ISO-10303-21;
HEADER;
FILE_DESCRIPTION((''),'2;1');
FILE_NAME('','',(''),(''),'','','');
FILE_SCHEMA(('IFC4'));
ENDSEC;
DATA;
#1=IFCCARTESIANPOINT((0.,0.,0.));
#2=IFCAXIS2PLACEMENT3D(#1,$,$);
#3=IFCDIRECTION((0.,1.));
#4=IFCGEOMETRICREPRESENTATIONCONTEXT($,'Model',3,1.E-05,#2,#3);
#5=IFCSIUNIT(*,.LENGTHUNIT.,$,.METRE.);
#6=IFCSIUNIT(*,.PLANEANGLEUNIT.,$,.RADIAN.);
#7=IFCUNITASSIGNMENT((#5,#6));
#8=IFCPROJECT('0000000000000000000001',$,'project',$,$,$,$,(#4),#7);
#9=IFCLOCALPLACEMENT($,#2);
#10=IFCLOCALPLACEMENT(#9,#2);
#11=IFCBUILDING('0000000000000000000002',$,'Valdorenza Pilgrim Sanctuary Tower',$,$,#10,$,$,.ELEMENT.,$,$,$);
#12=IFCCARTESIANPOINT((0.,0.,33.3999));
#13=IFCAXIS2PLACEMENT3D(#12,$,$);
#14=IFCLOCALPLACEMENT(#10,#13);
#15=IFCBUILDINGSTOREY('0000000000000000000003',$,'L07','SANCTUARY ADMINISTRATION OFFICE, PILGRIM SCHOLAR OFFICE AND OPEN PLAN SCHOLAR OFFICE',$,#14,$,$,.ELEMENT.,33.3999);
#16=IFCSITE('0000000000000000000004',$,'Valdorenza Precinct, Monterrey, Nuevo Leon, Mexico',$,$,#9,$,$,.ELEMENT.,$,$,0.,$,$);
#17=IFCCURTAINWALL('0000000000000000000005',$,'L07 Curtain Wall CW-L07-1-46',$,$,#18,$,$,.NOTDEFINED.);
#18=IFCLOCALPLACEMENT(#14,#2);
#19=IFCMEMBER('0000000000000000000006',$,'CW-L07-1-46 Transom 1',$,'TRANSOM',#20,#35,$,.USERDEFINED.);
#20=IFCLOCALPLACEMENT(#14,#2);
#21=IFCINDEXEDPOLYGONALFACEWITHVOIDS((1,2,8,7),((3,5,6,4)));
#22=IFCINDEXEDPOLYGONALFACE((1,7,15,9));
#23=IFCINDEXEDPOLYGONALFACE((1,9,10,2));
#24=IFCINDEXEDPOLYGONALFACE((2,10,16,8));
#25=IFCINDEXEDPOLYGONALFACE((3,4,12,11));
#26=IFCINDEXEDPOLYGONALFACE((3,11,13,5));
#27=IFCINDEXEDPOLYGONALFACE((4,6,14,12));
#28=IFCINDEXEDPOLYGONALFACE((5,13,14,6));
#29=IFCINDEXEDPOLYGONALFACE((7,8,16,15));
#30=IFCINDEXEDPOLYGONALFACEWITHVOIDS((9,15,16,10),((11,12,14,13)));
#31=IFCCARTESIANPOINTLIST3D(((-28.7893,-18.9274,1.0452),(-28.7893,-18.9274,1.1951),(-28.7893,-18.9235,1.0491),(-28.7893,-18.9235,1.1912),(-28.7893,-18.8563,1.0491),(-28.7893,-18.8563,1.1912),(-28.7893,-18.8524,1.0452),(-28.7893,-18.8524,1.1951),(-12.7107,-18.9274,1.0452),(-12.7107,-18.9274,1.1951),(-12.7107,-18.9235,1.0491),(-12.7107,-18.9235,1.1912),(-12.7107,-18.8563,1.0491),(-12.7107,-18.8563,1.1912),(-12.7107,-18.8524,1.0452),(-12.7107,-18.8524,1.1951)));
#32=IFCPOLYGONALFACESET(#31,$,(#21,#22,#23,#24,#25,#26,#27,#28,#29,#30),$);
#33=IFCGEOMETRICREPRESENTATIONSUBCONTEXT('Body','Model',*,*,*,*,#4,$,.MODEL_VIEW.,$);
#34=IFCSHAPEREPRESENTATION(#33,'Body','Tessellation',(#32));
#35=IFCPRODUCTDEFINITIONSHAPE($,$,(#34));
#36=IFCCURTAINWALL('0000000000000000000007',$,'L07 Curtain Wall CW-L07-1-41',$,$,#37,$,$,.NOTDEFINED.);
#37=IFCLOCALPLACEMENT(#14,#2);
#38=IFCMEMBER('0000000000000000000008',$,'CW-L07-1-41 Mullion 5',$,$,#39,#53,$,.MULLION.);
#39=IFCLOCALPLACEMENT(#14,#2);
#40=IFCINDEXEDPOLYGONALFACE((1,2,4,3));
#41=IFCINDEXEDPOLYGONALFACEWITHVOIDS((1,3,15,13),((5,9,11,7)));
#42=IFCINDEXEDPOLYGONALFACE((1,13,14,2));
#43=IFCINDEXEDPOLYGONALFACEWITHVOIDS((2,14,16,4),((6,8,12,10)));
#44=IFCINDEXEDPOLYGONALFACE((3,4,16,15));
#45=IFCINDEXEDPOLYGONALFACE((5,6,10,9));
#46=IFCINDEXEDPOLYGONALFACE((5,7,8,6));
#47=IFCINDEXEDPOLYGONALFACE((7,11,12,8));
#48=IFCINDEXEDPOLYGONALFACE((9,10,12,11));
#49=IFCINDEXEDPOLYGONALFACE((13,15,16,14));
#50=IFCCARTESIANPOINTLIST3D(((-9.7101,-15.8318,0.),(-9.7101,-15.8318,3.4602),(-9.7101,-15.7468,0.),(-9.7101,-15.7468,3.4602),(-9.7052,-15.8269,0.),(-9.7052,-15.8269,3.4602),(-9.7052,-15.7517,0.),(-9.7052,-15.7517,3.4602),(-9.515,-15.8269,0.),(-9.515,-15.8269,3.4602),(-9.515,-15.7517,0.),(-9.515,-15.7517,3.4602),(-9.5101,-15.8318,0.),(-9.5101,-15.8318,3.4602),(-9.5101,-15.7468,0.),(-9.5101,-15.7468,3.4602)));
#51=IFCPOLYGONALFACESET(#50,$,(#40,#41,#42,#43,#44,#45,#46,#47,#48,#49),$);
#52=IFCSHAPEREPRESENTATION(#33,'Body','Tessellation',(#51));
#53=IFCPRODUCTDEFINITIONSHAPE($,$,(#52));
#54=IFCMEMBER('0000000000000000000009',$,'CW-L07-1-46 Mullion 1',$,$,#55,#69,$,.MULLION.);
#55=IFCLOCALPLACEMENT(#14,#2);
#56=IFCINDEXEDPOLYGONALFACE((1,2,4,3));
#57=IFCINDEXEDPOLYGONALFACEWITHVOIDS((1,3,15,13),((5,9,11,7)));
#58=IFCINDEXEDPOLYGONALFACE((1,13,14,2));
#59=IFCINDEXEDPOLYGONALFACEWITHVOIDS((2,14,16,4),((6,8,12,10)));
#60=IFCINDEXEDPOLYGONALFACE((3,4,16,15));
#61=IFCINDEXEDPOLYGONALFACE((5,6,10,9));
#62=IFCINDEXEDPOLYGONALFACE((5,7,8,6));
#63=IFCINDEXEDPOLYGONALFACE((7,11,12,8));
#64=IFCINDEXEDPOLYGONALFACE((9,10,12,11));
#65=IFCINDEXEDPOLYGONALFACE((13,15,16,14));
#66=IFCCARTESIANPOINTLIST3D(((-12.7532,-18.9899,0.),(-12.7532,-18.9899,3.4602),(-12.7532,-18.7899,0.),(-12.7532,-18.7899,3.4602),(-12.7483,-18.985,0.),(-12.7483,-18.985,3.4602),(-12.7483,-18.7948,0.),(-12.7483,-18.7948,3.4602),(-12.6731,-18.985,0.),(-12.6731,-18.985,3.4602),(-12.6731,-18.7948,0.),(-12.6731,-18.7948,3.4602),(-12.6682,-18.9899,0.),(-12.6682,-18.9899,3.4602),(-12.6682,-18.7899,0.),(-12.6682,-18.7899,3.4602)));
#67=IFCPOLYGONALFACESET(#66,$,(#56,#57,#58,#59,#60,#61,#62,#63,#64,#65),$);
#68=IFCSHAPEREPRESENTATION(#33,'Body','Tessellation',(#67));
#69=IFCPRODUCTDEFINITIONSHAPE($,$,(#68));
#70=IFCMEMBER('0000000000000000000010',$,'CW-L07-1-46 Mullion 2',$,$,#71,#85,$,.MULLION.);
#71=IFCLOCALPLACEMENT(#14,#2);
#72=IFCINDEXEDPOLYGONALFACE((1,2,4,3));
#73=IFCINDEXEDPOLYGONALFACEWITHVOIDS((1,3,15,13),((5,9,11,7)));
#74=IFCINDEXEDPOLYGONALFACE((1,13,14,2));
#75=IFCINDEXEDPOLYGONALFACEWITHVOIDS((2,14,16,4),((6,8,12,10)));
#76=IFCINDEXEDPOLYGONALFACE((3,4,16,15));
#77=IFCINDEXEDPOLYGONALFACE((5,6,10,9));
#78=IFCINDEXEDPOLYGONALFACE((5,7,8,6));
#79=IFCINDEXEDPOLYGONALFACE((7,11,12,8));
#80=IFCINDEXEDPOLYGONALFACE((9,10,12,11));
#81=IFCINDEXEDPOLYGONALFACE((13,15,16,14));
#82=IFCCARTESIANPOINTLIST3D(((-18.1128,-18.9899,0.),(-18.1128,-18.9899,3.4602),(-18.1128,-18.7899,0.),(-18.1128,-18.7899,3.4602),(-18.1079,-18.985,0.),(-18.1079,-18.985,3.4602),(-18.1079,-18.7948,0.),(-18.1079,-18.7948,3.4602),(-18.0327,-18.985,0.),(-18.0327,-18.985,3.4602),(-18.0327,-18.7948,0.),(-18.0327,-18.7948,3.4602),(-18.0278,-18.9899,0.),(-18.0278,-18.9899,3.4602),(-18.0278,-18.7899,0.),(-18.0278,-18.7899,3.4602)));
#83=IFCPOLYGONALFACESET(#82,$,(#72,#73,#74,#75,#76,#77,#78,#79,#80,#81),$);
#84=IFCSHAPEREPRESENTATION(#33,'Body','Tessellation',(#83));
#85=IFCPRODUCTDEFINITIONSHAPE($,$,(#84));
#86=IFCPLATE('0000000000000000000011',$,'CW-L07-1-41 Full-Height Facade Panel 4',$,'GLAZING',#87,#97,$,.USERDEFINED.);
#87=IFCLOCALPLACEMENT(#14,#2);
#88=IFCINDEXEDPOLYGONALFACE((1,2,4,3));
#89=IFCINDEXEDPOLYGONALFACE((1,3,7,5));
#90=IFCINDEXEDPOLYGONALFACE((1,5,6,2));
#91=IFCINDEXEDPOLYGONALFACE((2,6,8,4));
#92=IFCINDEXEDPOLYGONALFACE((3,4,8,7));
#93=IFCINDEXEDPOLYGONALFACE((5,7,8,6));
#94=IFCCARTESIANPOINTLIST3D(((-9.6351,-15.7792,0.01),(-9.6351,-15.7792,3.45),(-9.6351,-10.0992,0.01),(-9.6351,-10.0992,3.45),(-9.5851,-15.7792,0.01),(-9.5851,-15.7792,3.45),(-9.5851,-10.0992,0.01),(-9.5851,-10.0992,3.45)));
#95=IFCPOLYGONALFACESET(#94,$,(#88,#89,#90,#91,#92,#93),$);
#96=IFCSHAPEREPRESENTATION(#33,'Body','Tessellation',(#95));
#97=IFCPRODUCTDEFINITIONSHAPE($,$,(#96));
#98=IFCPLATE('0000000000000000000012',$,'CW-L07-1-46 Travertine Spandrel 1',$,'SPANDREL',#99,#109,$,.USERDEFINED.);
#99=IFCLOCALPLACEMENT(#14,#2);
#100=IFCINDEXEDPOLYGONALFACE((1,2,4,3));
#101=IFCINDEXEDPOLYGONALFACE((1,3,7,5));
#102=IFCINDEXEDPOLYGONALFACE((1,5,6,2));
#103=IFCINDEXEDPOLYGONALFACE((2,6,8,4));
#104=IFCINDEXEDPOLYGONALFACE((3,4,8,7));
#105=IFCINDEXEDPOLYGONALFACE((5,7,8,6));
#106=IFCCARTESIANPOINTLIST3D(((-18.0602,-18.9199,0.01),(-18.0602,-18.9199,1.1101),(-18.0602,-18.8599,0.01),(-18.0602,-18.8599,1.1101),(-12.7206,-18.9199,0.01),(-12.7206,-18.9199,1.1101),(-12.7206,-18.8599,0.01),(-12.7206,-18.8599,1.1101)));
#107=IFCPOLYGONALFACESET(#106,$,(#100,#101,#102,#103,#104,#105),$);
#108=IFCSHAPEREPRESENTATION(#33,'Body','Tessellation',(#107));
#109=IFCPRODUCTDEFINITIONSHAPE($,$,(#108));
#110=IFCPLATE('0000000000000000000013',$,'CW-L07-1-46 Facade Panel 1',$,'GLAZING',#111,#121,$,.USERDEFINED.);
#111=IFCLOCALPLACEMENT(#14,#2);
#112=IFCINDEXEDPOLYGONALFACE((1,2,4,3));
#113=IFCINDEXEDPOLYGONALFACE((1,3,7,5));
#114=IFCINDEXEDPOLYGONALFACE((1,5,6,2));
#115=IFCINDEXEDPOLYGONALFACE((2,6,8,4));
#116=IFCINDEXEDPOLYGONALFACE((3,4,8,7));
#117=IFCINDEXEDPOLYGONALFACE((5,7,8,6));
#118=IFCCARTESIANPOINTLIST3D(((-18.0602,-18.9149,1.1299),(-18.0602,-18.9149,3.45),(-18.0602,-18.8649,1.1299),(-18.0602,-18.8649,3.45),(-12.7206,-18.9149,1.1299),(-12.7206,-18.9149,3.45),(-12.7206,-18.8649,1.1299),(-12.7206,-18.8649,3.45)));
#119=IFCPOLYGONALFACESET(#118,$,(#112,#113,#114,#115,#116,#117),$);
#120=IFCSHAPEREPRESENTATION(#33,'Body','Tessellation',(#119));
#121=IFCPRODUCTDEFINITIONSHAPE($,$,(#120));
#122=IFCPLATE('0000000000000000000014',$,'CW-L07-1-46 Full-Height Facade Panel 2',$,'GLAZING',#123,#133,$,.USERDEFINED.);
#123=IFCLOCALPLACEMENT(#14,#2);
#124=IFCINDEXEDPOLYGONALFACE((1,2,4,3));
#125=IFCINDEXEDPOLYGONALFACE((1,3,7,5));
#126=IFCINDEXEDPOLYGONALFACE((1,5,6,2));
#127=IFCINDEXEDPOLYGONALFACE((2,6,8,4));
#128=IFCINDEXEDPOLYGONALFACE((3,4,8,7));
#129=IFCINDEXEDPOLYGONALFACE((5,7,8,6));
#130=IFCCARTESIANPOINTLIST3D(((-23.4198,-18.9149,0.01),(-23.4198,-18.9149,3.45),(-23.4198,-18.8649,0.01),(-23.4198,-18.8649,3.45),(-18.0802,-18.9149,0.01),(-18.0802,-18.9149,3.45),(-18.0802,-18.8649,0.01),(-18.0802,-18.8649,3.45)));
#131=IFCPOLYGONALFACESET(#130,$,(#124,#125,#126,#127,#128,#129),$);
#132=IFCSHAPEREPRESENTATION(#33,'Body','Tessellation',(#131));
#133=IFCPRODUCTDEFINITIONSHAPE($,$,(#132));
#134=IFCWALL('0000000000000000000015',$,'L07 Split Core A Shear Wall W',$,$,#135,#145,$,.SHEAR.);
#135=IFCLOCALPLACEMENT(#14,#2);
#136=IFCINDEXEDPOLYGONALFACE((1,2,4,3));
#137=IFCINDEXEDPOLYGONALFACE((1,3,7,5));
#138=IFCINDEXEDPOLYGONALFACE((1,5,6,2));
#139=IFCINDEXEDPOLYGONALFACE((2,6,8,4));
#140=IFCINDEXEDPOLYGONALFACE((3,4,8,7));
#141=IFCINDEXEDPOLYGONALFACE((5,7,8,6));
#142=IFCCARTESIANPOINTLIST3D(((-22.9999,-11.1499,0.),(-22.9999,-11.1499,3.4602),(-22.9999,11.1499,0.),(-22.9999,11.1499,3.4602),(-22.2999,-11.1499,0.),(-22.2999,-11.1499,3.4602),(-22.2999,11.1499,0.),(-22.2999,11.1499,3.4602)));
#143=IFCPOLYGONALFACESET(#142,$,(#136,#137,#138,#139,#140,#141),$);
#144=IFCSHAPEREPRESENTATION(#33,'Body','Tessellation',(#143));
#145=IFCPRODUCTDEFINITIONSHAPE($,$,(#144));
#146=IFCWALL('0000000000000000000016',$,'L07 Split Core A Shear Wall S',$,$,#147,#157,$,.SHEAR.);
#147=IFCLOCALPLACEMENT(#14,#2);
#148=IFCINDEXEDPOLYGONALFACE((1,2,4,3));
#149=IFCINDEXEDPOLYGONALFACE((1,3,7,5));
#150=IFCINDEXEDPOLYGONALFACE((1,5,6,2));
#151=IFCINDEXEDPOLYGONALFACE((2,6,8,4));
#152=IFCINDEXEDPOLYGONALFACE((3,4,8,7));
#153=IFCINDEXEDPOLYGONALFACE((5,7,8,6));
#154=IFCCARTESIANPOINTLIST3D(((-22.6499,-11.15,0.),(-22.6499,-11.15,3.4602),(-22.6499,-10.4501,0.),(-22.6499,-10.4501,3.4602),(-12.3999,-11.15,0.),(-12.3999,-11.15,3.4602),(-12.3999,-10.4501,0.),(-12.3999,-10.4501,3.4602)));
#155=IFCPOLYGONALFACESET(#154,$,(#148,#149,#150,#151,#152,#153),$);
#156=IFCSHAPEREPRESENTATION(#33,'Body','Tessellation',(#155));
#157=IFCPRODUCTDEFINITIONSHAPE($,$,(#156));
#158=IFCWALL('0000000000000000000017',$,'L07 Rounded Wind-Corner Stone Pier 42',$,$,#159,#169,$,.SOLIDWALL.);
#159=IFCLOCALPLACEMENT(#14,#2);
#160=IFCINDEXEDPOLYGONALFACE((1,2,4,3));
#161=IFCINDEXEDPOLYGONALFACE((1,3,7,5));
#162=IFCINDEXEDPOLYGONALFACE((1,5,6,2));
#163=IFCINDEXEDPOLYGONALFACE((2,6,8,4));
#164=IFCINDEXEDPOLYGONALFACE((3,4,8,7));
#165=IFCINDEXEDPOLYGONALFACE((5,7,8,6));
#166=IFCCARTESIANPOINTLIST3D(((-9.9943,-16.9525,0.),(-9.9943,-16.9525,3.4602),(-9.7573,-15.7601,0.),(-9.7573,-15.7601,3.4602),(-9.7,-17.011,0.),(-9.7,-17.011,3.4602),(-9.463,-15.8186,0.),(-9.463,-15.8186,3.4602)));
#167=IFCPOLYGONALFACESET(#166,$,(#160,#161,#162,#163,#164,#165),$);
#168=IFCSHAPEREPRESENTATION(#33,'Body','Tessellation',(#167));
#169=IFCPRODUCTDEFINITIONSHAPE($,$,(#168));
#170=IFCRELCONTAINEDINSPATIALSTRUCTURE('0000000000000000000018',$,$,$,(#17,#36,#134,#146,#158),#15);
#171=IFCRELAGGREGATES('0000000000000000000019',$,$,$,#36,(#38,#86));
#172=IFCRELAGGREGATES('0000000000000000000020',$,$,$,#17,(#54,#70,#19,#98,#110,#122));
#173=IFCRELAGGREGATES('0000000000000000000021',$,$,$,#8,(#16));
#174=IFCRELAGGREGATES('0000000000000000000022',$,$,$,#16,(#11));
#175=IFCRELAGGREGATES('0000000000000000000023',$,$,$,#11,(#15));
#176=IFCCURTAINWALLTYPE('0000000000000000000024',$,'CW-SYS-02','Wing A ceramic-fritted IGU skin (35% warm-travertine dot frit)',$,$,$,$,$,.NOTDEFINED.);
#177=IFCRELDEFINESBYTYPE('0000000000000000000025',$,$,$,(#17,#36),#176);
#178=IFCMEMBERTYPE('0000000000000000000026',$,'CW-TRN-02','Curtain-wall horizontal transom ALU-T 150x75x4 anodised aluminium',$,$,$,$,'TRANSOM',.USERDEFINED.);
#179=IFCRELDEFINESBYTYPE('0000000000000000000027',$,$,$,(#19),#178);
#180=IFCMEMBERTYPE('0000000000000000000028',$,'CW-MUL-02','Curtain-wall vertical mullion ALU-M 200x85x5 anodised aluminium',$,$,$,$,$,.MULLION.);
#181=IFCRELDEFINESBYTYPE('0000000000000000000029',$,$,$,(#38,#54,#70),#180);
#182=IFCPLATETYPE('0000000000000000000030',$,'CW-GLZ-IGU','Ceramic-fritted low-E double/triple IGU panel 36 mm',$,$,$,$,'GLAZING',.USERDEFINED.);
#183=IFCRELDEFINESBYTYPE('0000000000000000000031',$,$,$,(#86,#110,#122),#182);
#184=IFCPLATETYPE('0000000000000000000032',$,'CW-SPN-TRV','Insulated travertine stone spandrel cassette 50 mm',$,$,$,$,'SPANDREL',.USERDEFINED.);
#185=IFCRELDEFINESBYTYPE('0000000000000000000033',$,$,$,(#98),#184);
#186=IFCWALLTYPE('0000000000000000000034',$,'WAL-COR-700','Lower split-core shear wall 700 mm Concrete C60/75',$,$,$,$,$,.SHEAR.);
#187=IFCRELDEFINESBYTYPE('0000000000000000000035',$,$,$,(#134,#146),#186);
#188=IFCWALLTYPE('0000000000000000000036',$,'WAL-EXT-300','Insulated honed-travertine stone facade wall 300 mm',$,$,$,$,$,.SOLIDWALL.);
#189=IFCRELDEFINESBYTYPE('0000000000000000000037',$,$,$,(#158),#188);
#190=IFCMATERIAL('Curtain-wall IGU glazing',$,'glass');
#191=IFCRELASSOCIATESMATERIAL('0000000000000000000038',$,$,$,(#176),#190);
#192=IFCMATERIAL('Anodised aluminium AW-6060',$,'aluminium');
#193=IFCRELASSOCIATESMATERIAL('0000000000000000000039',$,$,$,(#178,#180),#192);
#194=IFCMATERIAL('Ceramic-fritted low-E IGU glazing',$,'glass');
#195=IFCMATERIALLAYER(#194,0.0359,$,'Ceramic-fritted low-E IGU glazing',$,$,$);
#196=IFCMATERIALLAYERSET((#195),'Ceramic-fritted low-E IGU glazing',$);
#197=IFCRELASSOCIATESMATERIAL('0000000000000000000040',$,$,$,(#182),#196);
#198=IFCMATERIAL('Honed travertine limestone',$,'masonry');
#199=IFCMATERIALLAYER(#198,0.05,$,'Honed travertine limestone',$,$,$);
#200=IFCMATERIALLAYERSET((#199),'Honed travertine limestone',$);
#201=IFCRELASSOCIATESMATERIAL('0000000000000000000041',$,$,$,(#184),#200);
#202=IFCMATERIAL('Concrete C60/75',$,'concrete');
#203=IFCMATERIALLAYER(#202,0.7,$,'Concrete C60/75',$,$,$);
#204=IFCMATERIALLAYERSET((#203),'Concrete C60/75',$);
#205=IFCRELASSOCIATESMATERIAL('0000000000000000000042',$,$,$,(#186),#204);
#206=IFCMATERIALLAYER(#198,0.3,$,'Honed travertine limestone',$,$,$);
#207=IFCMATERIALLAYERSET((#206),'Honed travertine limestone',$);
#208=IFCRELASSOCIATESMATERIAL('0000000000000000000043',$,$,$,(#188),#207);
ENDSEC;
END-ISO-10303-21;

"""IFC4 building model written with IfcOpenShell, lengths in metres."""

from ifc_helpers import new_model, si_unit, direction, frame, frame_2d, origin, origin_2d, place, context, subcontext, project, spatial, rectangle, hollow_rectangle, extrude, source, transform, mapped, material, layer, layer_set, material_profile, profile_set, type_object, element, aggregate, save


model = new_model("IFC4")

# Units and contexts
model_context = context("Model", 3, precision=1e-05, world=origin(), true_north=direction((0.0, 1.0)))
body_context = subcontext(model_context, "Body", "Model", "MODEL_VIEW")
ifc_project = project(units=[si_unit("LENGTHUNIT", "METRE"), si_unit("PLANEANGLEUNIT", "RADIAN")], contexts=[model_context])

# Site, building, storey
site_placement = place(None, origin())
site = spatial("IfcSite", under=ifc_project, at=site_placement, Name="Valdorenza Precinct, Monterrey, Nuevo Leon, Mexico", CompositionType="ELEMENT", RefElevation=0.0)
building_placement = place(site_placement, origin())
building = spatial("IfcBuilding", under=site, at=building_placement, Name="Valdorenza Pilgrim Sanctuary Tower", CompositionType="ELEMENT")
storey_placement = place(building_placement, frame((0.0, 0.0, 33.3999)))
storey = spatial("IfcBuildingStorey", under=building, at=storey_placement, Name="L07", Description="SANCTUARY ADMINISTRATION OFFICE, PILGRIM SCHOLAR OFFICE AND OPEN PLAN SCHOLAR OFFICE", CompositionType="ELEMENT", Elevation=33.3999)

# Shared definitions
ifc_material_1 = material(Name="Concrete C60/75", Category="concrete")

# Curtain walls, members
ifc_material_2 = material(Name="Curtain-wall IGU glazing", Category="glass")
curtain_wall_type = type_object("IfcCurtainWallType", Name="CW-SYS-02", Description="Wing A ceramic-fritted IGU skin (35% warm-travertine dot frit)", PredefinedType="NOTDEFINED", material=ifc_material_2)
curtain_wall_1_placement = place(storey_placement, origin())
curtain_wall_1 = element("IfcCurtainWall", 1, at=curtain_wall_1_placement, inside=storey, type_object=curtain_wall_type, Name="L07 Curtain Wall CW-L07-1-46", PredefinedType="NOTDEFINED")
ifc_material_3 = material(Name="Anodised aluminium AW-6060", Category="aluminium")
ifc_material_profile_1 = material_profile(ifc_material_3, hollow_rectangle(XDim=0.075, YDim=0.1499, WallThickness=0.0039, at=origin_2d()), Name="ALU-T 150x75x4")
ifc_profile_set_1 = profile_set([ifc_material_profile_1], Name="Anodised aluminium AW-6060")
member_type_1 = type_object("IfcMemberType", Name="CW-TRN-02", Description="Curtain-wall horizontal transom ALU-T 150x75x4 anodised aluminium", ElementType="TRANSOM", PredefinedType="USERDEFINED", material=ifc_profile_set_1)
shared_shape_1 = source(origin(), body_context, "Body", "SweptSolid", [
    extrude(hollow_rectangle(XDim=0.075, YDim=0.1499, WallThickness=0.0039, at=origin_2d()), origin(), (0.0, 0.0, 1.0), 16.0786),
])
member_1_placement = place(storey_placement, frame((-12.7107, -18.8899, 1.1201), z_axis=(-1.0, 0.0, 0.0), x_axis=(0.0, -1.0, 0.0)))
member_1 = element("IfcMember", 2, at=member_1_placement, type_object=member_type_1, Name="CW-L07-1-46 Transom 1", ObjectType="TRANSOM", PredefinedType="USERDEFINED", context=body_context, shape_type="MappedRepresentation", body=[
    mapped(shared_shape_1, transform((0.0, 0.0, 0.0), x_axis=(1.0, 0.0, 0.0), y_axis=(0.0, 1.0, 0.0), z_axis=(0.0, 0.0, 1.0), scale=1.0)),
])
curtain_wall_2_placement = place(storey_placement, origin())
curtain_wall_2 = element("IfcCurtainWall", 3, at=curtain_wall_2_placement, inside=storey, type_object=curtain_wall_type, Name="L07 Curtain Wall CW-L07-1-41", PredefinedType="NOTDEFINED")
ifc_material_profile_2 = material_profile(ifc_material_3, hollow_rectangle(XDim=0.085, YDim=0.2, WallThickness=0.0049, at=origin_2d()), Name="ALU-M 200x85x5")
ifc_profile_set_2 = profile_set([ifc_material_profile_2], Name="Anodised aluminium AW-6060")
member_type_2 = type_object("IfcMemberType", Name="CW-MUL-02", Description="Curtain-wall vertical mullion ALU-M 200x85x5 anodised aluminium", PredefinedType="MULLION", material=ifc_profile_set_2)
shared_shape_2 = source(origin(), body_context, "Body", "SweptSolid", [
    extrude(hollow_rectangle(XDim=0.085, YDim=0.2, WallThickness=0.0049, at=origin_2d()), origin(), (0.0, 0.0, 1.0), 3.4602),
])
member_2_placement = place(storey_placement, frame((-9.6101, -15.7893, 0.0), z_axis=(0.0, 0.0, 1.0), x_axis=(0.0, -1.0, 0.0)))
member_2 = element("IfcMember", 4, at=member_2_placement, type_object=member_type_2, Name="CW-L07-1-41 Mullion 5", PredefinedType="MULLION", context=body_context, shape_type="MappedRepresentation", body=[
    mapped(shared_shape_2, transform((0.0, 0.0, 0.0), x_axis=(1.0, 0.0, 0.0), y_axis=(0.0, 1.0, 0.0), z_axis=(0.0, 0.0, 1.0), scale=1.0)),
])

# Members
member_3_placement = place(storey_placement, frame((-12.7107, -18.8899, 0.0), z_axis=(0.0, 0.0, 1.0), x_axis=(-1.0, 0.0, 0.0)))
member_3 = element("IfcMember", 5, at=member_3_placement, type_object=member_type_2, Name="CW-L07-1-46 Mullion 1", PredefinedType="MULLION", context=body_context, shape_type="MappedRepresentation", body=[
    mapped(shared_shape_2, transform((0.0, 0.0, 0.0), x_axis=(1.0, 0.0, 0.0), y_axis=(0.0, 1.0, 0.0), z_axis=(0.0, 0.0, 1.0), scale=1.0)),
])
member_4_placement = place(storey_placement, frame((-18.0703, -18.8899, 0.0), z_axis=(0.0, 0.0, 1.0), x_axis=(-1.0, 0.0, 0.0)))
member_4 = element("IfcMember", 6, at=member_4_placement, type_object=member_type_2, Name="CW-L07-1-46 Mullion 2", PredefinedType="MULLION", context=body_context, shape_type="MappedRepresentation", body=[
    mapped(shared_shape_2, transform((0.0, 0.0, 0.0), x_axis=(1.0, 0.0, 0.0), y_axis=(0.0, 1.0, 0.0), z_axis=(0.0, 0.0, 1.0), scale=1.0)),
])

# Plates
ifc_material_4 = material(Name="Ceramic-fritted low-E IGU glazing", Category="glass")
ifc_layer_1 = layer(ifc_material_4, 0.0359, Name="Ceramic-fritted low-E IGU glazing")
ifc_layer_set_1 = layer_set([ifc_layer_1], Name="Ceramic-fritted low-E IGU glazing")
plate_type_1 = type_object("IfcPlateType", Name="CW-GLZ-IGU", Description="Ceramic-fritted low-E double/triple IGU panel 36 mm", ElementType="GLAZING", PredefinedType="USERDEFINED", material=ifc_layer_set_1)
shared_shape_3 = source(origin(), body_context, "Body", "SweptSolid", [
    extrude(rectangle(XDim=5.6799, YDim=0.05, at=origin_2d()), origin(), (0.0, 0.0, 1.0), 3.4399),
])
plate_1_placement = place(storey_placement, frame((-9.6101, -12.9392, 0.01), z_axis=(0.0, 0.0, 1.0), x_axis=(0.0, -1.0, 0.0)))
plate_1 = element("IfcPlate", 7, at=plate_1_placement, type_object=plate_type_1, Name="CW-L07-1-41 Full-Height Facade Panel 4", ObjectType="GLAZING", PredefinedType="USERDEFINED", context=body_context, shape_type="MappedRepresentation", body=[
    mapped(shared_shape_3, transform((0.0, 0.0, 0.0), x_axis=(1.0, 0.0, 0.0), y_axis=(0.0, 1.0, 0.0), z_axis=(0.0, 0.0, 1.0), scale=1.0)),
])
aggregate(curtain_wall_2, [member_2, plate_1])
ifc_material_5 = material(Name="Honed travertine limestone", Category="masonry")
ifc_layer_2 = layer(ifc_material_5, 0.05, Name="Honed travertine limestone")
ifc_layer_set_2 = layer_set([ifc_layer_2], Name="Honed travertine limestone")
plate_type_2 = type_object("IfcPlateType", Name="CW-SPN-TRV", Description="Insulated travertine stone spandrel cassette 50 mm", ElementType="SPANDREL", PredefinedType="USERDEFINED", material=ifc_layer_set_2)
shared_shape_4 = source(origin(), body_context, "Body", "SweptSolid", [
    extrude(rectangle(XDim=5.3396, YDim=0.0601, at=origin_2d()), origin(), (0.0, 0.0, 1.0), 1.1001),
])
plate_2_placement = place(storey_placement, frame((-15.3904, -18.8899, 0.01), z_axis=(0.0, 0.0, 1.0), x_axis=(-1.0, 0.0, 0.0)))
plate_2 = element("IfcPlate", 8, at=plate_2_placement, type_object=plate_type_2, Name="CW-L07-1-46 Travertine Spandrel 1", ObjectType="SPANDREL", PredefinedType="USERDEFINED", context=body_context, shape_type="MappedRepresentation", body=[
    mapped(shared_shape_4, transform((0.0, 0.0, 0.0), x_axis=(1.0, 0.0, 0.0), y_axis=(0.0, 1.0, 0.0), z_axis=(0.0, 0.0, 1.0), scale=1.0)),
])
shared_shape_5 = source(origin(), body_context, "Body", "SweptSolid", [
    extrude(rectangle(XDim=5.3396, YDim=0.05, at=origin_2d()), origin(), (0.0, 0.0, 1.0), 2.3201),
])
plate_3_placement = place(storey_placement, frame((-15.3904, -18.8899, 1.1299), z_axis=(0.0, 0.0, 1.0), x_axis=(-1.0, 0.0, 0.0)))
plate_3 = element("IfcPlate", 9, at=plate_3_placement, type_object=plate_type_1, Name="CW-L07-1-46 Facade Panel 1", ObjectType="GLAZING", PredefinedType="USERDEFINED", context=body_context, shape_type="MappedRepresentation", body=[
    mapped(shared_shape_5, transform((0.0, 0.0, 0.0), x_axis=(1.0, 0.0, 0.0), y_axis=(0.0, 1.0, 0.0), z_axis=(0.0, 0.0, 1.0), scale=1.0)),
])
shared_shape_6 = source(origin(), body_context, "Body", "SweptSolid", [
    extrude(rectangle(XDim=5.3396, YDim=0.05, at=origin_2d()), origin(), (0.0, 0.0, 1.0), 3.4399),
])
plate_4_placement = place(storey_placement, frame((-20.75, -18.8899, 0.01), z_axis=(0.0, 0.0, 1.0), x_axis=(-1.0, 0.0, 0.0)))
plate_4 = element("IfcPlate", 10, at=plate_4_placement, type_object=plate_type_1, Name="CW-L07-1-46 Full-Height Facade Panel 2", ObjectType="GLAZING", PredefinedType="USERDEFINED", context=body_context, shape_type="MappedRepresentation", body=[
    mapped(shared_shape_6, transform((0.0, 0.0, 0.0), x_axis=(1.0, 0.0, 0.0), y_axis=(0.0, 1.0, 0.0), z_axis=(0.0, 0.0, 1.0), scale=1.0)),
])
aggregate(curtain_wall_1, [member_3, member_4, member_1, plate_2, plate_3, plate_4])

# Walls
ifc_layer_3 = layer(ifc_material_1, 0.7, Name="Concrete C60/75")
ifc_layer_set_3 = layer_set([ifc_layer_3], Name="Concrete C60/75")
wall_type_1 = type_object("IfcWallType", Name="WAL-COR-700", Description="Lower split-core shear wall 700 mm Concrete C60/75", PredefinedType="SHEAR", material=ifc_layer_set_3)
wall_1_placement = place(storey_placement, frame((-22.6499, -11.1499, 0.0), z_axis=(0.0, 0.0, 1.0), x_axis=(0.0, 1.0, 0.0)))
element("IfcWall", 11, at=wall_1_placement, inside=storey, type_object=wall_type_1, Name="L07 Split Core A Shear Wall W", PredefinedType="SHEAR", context=body_context, shape_type="SweptSolid", body=[
    extrude(rectangle(XDim=22.2998, YDim=0.7, at=frame_2d((11.1499, 0.0))), origin(), (0.0, 0.0, 1.0), 3.4602),
])
wall_2_placement = place(storey_placement, frame((-22.6499, -10.8, 0.0), z_axis=(0.0, 0.0, 1.0), x_axis=(1.0, 0.0, 0.0)))
element("IfcWall", 12, at=wall_2_placement, inside=storey, type_object=wall_type_1, Name="L07 Split Core A Shear Wall S", PredefinedType="SHEAR", context=body_context, shape_type="SweptSolid", body=[
    extrude(rectangle(XDim=10.25, YDim=0.7, at=frame_2d((5.125, 0.0))), origin(), (0.0, 0.0, 1.0), 3.4602),
])
ifc_layer_4 = layer(ifc_material_5, 0.3, Name="Honed travertine limestone")
ifc_layer_set_4 = layer_set([ifc_layer_4], Name="Honed travertine limestone")
wall_type_2 = type_object("IfcWallType", Name="WAL-EXT-300", Description="Insulated honed-travertine stone facade wall 300 mm", PredefinedType="SOLIDWALL", material=ifc_layer_set_4)
wall_3_placement = place(storey_placement, frame((-9.6101, -15.7893, 0.0), z_axis=(0.0, 0.0, 1.0), x_axis=(-0.194996, -0.980804, 0.0)))
element("IfcWall", 13, at=wall_3_placement, inside=storey, type_object=wall_type_2, Name="L07 Rounded Wind-Corner Stone Pier 42", PredefinedType="SOLIDWALL", context=body_context, shape_type="SweptSolid", body=[
    extrude(rectangle(XDim=1.2158, YDim=0.3, at=frame_2d((0.6079, 0.0))), origin(), (0.0, 0.0, 1.0), 3.4602),
])

save(model, "model.ifc")
